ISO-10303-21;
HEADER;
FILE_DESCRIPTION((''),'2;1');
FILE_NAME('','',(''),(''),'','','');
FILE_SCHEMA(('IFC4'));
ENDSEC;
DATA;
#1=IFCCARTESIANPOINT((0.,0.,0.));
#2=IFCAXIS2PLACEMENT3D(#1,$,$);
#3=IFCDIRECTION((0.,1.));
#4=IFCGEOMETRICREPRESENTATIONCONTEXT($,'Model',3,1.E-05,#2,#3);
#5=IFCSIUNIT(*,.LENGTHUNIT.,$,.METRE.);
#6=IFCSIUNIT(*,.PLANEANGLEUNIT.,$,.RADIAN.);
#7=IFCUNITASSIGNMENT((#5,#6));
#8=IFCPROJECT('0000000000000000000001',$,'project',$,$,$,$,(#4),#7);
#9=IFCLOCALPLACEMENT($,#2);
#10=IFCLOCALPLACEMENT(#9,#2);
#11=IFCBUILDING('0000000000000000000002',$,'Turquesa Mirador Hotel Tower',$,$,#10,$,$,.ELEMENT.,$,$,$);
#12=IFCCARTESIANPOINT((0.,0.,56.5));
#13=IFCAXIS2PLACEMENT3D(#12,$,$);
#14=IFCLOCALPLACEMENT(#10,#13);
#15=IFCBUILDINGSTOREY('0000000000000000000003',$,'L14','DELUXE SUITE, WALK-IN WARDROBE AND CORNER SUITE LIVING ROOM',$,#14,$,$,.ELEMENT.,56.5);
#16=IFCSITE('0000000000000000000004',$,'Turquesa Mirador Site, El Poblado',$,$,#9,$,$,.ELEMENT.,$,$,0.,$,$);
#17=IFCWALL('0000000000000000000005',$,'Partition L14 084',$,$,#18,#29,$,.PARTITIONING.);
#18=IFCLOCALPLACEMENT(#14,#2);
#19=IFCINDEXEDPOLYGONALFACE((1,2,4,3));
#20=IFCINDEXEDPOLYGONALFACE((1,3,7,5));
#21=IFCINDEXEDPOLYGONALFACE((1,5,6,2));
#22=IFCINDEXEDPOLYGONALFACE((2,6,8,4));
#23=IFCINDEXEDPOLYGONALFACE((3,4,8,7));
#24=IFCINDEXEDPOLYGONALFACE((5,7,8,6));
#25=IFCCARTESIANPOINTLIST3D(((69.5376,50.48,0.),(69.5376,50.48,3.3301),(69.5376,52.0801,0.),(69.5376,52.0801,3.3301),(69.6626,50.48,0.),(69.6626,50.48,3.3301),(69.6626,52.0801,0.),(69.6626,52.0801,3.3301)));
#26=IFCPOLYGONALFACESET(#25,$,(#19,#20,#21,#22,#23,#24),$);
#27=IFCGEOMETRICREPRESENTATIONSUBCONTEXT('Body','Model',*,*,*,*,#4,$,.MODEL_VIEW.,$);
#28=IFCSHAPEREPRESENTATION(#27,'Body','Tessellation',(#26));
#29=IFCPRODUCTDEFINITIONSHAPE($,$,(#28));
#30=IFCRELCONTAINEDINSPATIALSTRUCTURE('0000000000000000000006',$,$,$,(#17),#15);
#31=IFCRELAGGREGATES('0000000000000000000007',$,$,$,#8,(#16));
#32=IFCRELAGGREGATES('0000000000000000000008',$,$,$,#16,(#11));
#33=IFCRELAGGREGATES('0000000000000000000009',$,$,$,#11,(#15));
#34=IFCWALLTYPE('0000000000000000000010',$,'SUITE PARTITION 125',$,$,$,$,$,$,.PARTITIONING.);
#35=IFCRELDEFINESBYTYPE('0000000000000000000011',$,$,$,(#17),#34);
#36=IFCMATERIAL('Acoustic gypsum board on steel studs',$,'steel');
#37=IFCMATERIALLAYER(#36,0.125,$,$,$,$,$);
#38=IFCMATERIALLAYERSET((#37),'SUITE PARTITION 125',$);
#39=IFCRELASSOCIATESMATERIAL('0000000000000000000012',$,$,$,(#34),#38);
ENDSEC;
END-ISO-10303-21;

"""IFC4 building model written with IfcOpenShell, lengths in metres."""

from ifc_helpers import new_model, si_unit, direction, frame, frame_2d, origin, place, context, subcontext, project, spatial, rectangle, extrude, material, layer, layer_set, type_object, element, save


model = new_model("IFC4")

# Units and contexts
model_context = context("Model", 3, precision=1e-05, world=origin(), true_north=direction((0.0, 1.0)))
body_context = subcontext(model_context, "Body", "Model", "MODEL_VIEW")
ifc_project = project(units=[si_unit("LENGTHUNIT", "METRE"), si_unit("PLANEANGLEUNIT", "RADIAN")], contexts=[model_context])

# Site, building, storey
site_placement = place(None, origin())
site = spatial("IfcSite", under=ifc_project, at=site_placement, Name="Turquesa Mirador Site, El Poblado", CompositionType="ELEMENT", RefElevation=0.0)
building_placement = place(site_placement, origin())
building = spatial("IfcBuilding", under=site, at=building_placement, Name="Turquesa Mirador Hotel Tower", CompositionType="ELEMENT")
storey_placement = place(building_placement, frame((0.0, 0.0, 56.5)))
storey = spatial("IfcBuildingStorey", under=building, at=storey_placement, Name="L14", Description="DELUXE SUITE, WALK-IN WARDROBE AND CORNER SUITE LIVING ROOM", CompositionType="ELEMENT", Elevation=56.5)

# Shared definitions
ifc_material_1 = material(Name="Acoustic gypsum board on steel studs", Category="steel")
ifc_layer_1 = layer(ifc_material_1, 0.125)
ifc_layer_set_1 = layer_set([ifc_layer_1], Name="SUITE PARTITION 125")
wall_type_1 = type_object("IfcWallType", Name="SUITE PARTITION 125", PredefinedType="PARTITIONING", material=ifc_layer_set_1)

# Wall
wall_1_placement = place(storey_placement, frame((69.6001, 50.48, 0.0), z_axis=(0.0, 0.0, 1.0), x_axis=(0.0, 1.0, 0.0)))
element("IfcWall", 1, at=wall_1_placement, inside=storey, type_object=wall_type_1, Name="Partition L14 084", PredefinedType="PARTITIONING", context=body_context, shape_type="SweptSolid", body=[
    extrude(rectangle(XDim=1.6001, YDim=0.125, at=frame_2d((0.8, 0.0))), origin(), (0.0, 0.0, 1.0), 3.3301),
])

save(model, "model.ifc")
